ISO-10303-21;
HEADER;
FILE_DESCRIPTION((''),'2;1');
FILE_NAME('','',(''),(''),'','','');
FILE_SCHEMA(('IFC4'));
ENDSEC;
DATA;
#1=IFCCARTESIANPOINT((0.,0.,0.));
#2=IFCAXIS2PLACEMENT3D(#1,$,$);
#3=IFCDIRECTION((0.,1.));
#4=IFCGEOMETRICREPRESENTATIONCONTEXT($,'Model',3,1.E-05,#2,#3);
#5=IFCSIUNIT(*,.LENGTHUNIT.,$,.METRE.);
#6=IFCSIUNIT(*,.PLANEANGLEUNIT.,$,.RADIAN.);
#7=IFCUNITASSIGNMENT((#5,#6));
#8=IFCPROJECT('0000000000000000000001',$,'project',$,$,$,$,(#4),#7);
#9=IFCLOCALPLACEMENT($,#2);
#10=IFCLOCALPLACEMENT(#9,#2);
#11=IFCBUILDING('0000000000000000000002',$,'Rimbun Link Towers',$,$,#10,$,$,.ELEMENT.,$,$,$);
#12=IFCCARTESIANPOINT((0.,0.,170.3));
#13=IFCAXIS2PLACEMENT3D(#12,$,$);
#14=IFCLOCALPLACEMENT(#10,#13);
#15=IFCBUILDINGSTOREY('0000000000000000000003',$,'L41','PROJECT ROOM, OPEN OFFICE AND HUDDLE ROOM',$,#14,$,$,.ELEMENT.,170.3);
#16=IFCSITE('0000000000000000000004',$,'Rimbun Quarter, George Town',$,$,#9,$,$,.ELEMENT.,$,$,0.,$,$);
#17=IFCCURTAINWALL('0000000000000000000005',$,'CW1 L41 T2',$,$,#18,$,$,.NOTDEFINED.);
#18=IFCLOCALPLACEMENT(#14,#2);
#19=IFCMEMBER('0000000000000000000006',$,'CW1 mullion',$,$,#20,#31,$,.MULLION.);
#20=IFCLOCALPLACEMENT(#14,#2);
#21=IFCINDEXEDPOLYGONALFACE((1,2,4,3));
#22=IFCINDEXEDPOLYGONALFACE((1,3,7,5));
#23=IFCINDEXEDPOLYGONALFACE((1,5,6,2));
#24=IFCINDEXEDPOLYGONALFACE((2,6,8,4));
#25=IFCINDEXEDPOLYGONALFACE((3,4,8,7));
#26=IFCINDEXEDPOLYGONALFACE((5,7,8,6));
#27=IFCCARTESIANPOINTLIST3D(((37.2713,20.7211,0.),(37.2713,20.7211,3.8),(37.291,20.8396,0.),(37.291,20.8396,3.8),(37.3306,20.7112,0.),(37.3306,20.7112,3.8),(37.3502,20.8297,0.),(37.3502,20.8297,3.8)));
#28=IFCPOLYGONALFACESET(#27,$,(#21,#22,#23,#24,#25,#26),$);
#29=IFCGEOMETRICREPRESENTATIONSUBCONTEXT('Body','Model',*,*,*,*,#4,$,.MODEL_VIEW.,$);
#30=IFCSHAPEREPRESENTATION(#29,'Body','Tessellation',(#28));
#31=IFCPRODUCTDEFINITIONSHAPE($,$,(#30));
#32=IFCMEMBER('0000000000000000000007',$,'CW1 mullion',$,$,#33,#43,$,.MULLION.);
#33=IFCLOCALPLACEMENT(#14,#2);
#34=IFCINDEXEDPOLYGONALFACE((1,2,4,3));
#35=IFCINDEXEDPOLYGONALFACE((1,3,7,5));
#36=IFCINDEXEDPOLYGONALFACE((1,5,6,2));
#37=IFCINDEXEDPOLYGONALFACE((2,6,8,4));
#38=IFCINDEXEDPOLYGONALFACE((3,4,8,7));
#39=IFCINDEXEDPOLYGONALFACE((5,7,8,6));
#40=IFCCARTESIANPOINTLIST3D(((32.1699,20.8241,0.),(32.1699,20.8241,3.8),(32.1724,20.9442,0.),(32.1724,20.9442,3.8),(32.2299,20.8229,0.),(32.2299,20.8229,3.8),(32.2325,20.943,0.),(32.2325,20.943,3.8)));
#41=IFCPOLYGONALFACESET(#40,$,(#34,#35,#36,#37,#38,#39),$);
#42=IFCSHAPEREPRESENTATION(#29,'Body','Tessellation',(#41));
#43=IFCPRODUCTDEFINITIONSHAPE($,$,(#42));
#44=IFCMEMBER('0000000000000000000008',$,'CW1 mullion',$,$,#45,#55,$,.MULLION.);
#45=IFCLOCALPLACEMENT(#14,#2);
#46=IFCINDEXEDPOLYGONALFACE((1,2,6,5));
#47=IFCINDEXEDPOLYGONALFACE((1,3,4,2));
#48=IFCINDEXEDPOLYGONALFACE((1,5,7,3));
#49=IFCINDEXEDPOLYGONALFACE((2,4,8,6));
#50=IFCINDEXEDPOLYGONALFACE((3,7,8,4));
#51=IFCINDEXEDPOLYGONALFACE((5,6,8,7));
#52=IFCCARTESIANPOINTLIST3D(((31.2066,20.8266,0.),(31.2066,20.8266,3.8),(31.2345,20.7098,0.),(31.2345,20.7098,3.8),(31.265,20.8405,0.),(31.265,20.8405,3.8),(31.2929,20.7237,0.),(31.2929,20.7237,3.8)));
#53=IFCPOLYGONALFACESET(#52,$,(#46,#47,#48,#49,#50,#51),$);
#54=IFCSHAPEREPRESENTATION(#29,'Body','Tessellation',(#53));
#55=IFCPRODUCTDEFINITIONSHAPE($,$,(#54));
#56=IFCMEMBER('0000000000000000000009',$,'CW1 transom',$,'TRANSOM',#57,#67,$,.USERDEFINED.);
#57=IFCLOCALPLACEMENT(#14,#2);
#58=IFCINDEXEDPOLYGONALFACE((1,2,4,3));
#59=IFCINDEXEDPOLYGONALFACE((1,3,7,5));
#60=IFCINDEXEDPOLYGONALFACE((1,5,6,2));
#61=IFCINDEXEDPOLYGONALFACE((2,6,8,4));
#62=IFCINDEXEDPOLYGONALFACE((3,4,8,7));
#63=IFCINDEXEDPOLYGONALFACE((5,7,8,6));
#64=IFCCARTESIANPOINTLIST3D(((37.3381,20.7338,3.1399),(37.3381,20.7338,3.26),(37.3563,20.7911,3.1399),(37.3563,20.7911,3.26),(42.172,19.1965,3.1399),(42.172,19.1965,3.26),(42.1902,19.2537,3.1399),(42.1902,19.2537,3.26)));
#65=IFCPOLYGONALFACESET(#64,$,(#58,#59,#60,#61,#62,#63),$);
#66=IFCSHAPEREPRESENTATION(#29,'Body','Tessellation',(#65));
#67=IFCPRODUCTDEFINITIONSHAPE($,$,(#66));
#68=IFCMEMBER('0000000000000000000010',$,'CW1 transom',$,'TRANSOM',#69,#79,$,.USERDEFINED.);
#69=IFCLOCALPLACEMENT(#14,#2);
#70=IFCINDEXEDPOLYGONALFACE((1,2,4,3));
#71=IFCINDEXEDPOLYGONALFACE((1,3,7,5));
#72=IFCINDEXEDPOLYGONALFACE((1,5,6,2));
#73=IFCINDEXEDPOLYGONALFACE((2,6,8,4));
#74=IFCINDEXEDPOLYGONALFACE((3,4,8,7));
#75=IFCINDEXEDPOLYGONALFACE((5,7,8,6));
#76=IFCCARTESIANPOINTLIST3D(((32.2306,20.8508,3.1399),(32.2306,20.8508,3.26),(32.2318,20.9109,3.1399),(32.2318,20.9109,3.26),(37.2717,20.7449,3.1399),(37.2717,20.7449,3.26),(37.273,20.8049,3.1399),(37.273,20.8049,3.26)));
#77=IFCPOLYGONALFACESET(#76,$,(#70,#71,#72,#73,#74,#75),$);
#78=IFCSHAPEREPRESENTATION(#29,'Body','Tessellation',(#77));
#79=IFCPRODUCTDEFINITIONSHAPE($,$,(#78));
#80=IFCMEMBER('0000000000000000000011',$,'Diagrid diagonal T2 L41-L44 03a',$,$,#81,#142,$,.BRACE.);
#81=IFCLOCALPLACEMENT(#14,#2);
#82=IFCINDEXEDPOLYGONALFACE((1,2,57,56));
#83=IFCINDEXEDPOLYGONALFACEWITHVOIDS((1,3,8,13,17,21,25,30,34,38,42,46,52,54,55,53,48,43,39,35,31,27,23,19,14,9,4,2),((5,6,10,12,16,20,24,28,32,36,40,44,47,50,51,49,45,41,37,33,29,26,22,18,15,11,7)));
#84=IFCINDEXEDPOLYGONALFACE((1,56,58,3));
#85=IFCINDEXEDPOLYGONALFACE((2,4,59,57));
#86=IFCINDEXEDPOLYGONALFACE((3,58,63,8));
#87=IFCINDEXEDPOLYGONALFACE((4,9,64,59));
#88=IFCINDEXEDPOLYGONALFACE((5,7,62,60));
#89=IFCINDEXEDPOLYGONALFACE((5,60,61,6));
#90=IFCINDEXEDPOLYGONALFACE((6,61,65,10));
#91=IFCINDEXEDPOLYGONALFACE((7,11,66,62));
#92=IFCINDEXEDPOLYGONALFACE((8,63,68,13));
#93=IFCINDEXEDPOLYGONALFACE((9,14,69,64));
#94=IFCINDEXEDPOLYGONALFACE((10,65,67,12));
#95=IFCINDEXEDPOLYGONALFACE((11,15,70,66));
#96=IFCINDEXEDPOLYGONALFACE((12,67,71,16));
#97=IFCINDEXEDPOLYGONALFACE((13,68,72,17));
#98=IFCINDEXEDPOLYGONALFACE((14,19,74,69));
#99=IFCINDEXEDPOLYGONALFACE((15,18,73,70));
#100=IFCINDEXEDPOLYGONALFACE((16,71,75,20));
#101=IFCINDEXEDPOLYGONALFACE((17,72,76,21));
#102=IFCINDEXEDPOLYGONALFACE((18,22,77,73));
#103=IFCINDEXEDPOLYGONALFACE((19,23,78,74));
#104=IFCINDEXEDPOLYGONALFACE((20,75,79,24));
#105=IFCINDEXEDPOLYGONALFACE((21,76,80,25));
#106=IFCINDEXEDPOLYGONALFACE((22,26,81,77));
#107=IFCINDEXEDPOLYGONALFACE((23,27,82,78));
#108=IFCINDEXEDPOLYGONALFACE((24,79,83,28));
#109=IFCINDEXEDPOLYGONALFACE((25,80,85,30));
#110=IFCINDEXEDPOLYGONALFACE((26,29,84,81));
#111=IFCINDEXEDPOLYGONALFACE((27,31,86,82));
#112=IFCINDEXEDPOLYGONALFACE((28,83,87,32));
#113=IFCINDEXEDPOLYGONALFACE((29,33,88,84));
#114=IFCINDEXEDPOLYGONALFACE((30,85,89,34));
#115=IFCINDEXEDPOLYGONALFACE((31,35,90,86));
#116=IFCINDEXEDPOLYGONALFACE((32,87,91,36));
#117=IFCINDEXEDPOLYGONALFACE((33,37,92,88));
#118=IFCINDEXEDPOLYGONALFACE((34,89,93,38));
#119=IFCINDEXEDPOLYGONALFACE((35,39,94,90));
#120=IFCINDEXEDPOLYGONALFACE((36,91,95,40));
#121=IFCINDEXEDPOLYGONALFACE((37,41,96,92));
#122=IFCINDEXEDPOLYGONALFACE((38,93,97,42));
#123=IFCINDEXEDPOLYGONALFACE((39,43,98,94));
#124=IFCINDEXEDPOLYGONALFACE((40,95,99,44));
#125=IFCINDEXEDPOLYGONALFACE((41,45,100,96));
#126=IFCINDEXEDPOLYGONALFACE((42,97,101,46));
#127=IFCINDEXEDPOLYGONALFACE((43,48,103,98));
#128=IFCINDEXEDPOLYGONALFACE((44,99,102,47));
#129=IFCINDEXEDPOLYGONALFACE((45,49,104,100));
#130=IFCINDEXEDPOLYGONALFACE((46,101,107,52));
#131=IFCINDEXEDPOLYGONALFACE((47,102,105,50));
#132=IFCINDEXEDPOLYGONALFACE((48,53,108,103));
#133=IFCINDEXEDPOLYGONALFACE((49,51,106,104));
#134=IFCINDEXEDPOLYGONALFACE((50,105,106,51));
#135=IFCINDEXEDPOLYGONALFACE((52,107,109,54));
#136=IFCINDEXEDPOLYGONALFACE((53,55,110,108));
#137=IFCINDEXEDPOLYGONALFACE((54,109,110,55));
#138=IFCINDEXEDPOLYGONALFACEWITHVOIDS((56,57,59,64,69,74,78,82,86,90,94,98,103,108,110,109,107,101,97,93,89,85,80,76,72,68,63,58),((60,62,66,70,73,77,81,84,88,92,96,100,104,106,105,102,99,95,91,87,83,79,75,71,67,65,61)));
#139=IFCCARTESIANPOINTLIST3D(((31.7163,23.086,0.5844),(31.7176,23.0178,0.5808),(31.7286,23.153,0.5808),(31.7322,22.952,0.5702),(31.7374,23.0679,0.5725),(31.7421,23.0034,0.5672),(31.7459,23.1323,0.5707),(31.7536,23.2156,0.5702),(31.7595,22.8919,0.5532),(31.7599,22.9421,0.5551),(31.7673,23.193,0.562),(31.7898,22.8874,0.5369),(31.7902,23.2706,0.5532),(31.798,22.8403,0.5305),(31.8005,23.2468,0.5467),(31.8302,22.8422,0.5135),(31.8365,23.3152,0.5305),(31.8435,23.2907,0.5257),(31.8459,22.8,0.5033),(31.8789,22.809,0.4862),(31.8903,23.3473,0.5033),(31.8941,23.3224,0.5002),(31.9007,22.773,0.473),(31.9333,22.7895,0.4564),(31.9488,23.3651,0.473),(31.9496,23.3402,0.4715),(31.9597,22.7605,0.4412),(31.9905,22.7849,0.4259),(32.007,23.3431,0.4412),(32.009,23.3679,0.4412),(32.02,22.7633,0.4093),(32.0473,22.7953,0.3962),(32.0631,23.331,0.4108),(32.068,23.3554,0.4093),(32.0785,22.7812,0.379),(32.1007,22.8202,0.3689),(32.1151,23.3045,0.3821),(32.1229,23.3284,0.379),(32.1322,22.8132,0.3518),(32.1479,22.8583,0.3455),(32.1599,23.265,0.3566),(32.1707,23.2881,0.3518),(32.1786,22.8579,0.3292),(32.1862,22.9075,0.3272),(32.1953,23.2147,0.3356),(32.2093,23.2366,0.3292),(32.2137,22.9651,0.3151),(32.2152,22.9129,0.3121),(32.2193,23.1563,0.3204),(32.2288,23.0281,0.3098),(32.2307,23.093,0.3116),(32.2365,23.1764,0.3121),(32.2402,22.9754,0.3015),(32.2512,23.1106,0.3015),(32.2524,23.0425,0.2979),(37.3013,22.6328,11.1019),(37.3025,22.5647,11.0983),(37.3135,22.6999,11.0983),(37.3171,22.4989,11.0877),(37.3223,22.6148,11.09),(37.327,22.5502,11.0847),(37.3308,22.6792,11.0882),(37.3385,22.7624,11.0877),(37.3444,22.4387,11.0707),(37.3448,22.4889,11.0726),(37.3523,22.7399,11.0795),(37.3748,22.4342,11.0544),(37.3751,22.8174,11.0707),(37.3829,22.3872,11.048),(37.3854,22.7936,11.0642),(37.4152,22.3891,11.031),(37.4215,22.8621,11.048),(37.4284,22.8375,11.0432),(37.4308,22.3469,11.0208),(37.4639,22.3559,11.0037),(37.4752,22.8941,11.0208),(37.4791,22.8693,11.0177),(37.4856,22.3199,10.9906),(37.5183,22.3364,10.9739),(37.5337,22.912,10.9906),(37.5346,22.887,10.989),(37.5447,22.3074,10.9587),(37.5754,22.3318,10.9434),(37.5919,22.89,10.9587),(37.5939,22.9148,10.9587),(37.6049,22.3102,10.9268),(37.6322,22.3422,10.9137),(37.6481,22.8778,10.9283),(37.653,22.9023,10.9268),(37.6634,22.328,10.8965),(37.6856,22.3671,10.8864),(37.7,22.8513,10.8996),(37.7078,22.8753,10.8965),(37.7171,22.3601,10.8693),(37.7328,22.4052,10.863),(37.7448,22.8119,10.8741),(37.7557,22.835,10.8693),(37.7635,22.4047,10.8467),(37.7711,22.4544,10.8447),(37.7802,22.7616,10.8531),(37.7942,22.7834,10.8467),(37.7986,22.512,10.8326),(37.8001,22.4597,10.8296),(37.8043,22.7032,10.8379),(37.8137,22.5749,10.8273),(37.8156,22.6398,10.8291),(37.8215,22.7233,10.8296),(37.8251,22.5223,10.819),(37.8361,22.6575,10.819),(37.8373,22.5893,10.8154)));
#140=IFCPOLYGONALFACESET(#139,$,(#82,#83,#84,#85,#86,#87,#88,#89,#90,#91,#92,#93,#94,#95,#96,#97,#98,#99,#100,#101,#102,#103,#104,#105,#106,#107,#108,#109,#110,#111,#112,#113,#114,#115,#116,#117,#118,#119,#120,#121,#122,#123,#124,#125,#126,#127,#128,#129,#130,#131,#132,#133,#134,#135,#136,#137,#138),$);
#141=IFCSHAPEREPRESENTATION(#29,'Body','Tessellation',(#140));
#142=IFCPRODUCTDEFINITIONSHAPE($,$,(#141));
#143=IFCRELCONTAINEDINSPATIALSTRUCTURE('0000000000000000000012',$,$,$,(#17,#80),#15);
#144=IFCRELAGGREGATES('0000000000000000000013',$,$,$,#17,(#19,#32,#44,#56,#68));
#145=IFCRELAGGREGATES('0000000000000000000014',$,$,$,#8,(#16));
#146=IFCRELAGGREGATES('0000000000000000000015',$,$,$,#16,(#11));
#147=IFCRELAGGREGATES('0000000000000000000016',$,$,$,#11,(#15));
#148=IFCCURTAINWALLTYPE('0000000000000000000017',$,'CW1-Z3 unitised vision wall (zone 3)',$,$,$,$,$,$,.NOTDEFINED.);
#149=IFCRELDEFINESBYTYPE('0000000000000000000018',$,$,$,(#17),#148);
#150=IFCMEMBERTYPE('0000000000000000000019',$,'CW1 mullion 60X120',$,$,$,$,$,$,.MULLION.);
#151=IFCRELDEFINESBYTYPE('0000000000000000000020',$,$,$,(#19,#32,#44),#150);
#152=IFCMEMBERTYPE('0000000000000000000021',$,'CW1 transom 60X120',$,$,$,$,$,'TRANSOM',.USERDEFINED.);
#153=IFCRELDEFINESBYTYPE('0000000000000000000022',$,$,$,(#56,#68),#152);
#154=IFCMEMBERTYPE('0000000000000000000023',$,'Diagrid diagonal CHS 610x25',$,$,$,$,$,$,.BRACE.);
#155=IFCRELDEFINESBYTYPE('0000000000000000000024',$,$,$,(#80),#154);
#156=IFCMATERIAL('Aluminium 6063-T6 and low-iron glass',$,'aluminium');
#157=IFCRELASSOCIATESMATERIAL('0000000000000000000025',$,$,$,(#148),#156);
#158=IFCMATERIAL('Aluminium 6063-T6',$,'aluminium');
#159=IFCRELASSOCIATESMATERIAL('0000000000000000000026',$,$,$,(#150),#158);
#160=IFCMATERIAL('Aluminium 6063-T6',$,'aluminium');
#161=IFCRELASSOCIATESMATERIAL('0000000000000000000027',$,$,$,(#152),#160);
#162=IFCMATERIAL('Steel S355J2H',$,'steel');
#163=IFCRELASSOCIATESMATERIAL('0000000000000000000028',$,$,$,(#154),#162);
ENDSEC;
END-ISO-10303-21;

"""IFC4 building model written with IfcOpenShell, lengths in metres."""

from ifc_helpers import new_model, si_unit, direction, frame, origin, origin_2d, place, context, subcontext, project, spatial, rectangle, hollow_circle, extrude, material, material_profile, profile_set, type_object, element, aggregate, save


model = new_model("IFC4")

# Units and contexts
model_context = context("Model", 3, precision=1e-05, world=origin(), true_north=direction((0.0, 1.0)))
body_context = subcontext(model_context, "Body", "Model", "MODEL_VIEW")
ifc_project = project(units=[si_unit("LENGTHUNIT", "METRE"), si_unit("PLANEANGLEUNIT", "RADIAN")], contexts=[model_context])

# Site, building, storey
site_placement = place(None, origin())
site = spatial("IfcSite", under=ifc_project, at=site_placement, Name="Rimbun Quarter, George Town", CompositionType="ELEMENT", RefElevation=0.0)
building_placement = place(site_placement, origin())
building = spatial("IfcBuilding", under=site, at=building_placement, Name="Rimbun Link Towers", CompositionType="ELEMENT")
storey_placement = place(building_placement, frame((0.0, 0.0, 170.3)))
storey = spatial("IfcBuildingStorey", under=building, at=storey_placement, Name="L41", Description="PROJECT ROOM, OPEN OFFICE AND HUDDLE ROOM", CompositionType="ELEMENT", Elevation=170.3)

# Curtain wall, members
ifc_material_1 = material(Name="Aluminium 6063-T6 and low-iron glass", Category="aluminium")
curtain_wall_type = type_object("IfcCurtainWallType", Name="CW1-Z3 unitised vision wall (zone 3)", PredefinedType="NOTDEFINED", material=ifc_material_1)
curtain_wall_placement = place(storey_placement, origin())
curtain_wall = element("IfcCurtainWall", 1, at=curtain_wall_placement, inside=storey, type_object=curtain_wall_type, Name="CW1 L41 T2", PredefinedType="NOTDEFINED")
ifc_material_2 = material(Name="Aluminium 6063-T6", Category="aluminium")
ifc_material_profile_1 = material_profile(ifc_material_2, rectangle(XDim=0.1201, YDim=0.0601, at=origin_2d()), Name="MULLION 60X120")
ifc_profile_set_1 = profile_set([ifc_material_profile_1], Name="Aluminium 6063-T6")
member_type_1 = type_object("IfcMemberType", Name="CW1 mullion 60X120", PredefinedType="MULLION", material=ifc_profile_set_1)
member_1_placement = place(storey_placement, frame((37.3108, 20.7754, 0.0), z_axis=(0.0, 0.0, 1.0), x_axis=(0.163743, 0.986503, 0.0)))
member_1 = element("IfcMember", 2, at=member_1_placement, type_object=member_type_1, Name="CW1 mullion", PredefinedType="MULLION", context=body_context, shape_type="SweptSolid", body=[
    extrude(rectangle(XDim=0.1201, YDim=0.0601, at=origin_2d()), origin(), (0.0, 0.0, 1.0), 3.8),
])
member_2_placement = place(storey_placement, frame((32.2012, 20.8835, 0.0), z_axis=(0.0, 0.0, 1.0), x_axis=(0.021055, 0.999778, 0.0)))
member_2 = element("IfcMember", 3, at=member_2_placement, type_object=member_type_1, Name="CW1 mullion", PredefinedType="MULLION", context=body_context, shape_type="SweptSolid", body=[
    extrude(rectangle(XDim=0.1201, YDim=0.0601, at=origin_2d()), origin(), (0.0, 0.0, 1.0), 3.8),
])
member_3_placement = place(storey_placement, frame((31.2498, 20.7751, 0.0), z_axis=(0.0, 0.0, 1.0), x_axis=(-0.232595, 0.972574, 0.0)))
member_3 = element("IfcMember", 4, at=member_3_placement, type_object=member_type_1, Name="CW1 mullion", PredefinedType="MULLION", context=body_context, shape_type="SweptSolid", body=[
    extrude(rectangle(XDim=0.1201, YDim=0.0601, at=origin_2d()), origin(), (0.0, 0.0, 1.0), 3.8),
])
ifc_material_3 = material(Name="Aluminium 6063-T6", Category="aluminium")
ifc_material_profile_2 = material_profile(ifc_material_3, rectangle(XDim=0.0601, YDim=0.1201, at=origin_2d()), Name="TRANSOM 60X120")
ifc_profile_set_2 = profile_set([ifc_material_profile_2], Name="Aluminium 6063-T6")
member_type_2 = type_object("IfcMemberType", Name="CW1 transom 60X120", ElementType="TRANSOM", PredefinedType="USERDEFINED", material=ifc_profile_set_2)
member_4_placement = place(storey_placement, frame((37.3472, 20.7625, 3.2), z_axis=(0.952967, -0.303073, 0.0), x_axis=(0.303073, 0.952967, 0.0)))
member_4 = element("IfcMember", 5, at=member_4_placement, type_object=member_type_2, Name="CW1 transom", ObjectType="TRANSOM", PredefinedType="USERDEFINED", context=body_context, shape_type="SweptSolid", body=[
    extrude(rectangle(XDim=0.0601, YDim=0.1201, at=origin_2d()), origin(), (0.0, 0.0, 1.0), 5.0725),
])
member_5_placement = place(storey_placement, frame((32.2312, 20.8809, 3.2), z_axis=(0.999779, -0.021014, 0.0), x_axis=(0.021014, 0.999779, 0.0)))
member_5 = element("IfcMember", 6, at=member_5_placement, type_object=member_type_2, Name="CW1 transom", ObjectType="TRANSOM", PredefinedType="USERDEFINED", context=body_context, shape_type="SweptSolid", body=[
    extrude(rectangle(XDim=0.0601, YDim=0.1201, at=origin_2d()), origin(), (0.0, 0.0, 1.0), 5.0422),
])

# Member
ifc_material_4 = material(Name="Steel S355J2H", Category="steel")
ifc_material_profile_3 = material_profile(ifc_material_4, hollow_circle(Radius=0.3047, WallThickness=0.0249, at=origin_2d()), Name="Diagrid diagonal CHS 610x25")
ifc_profile_set_3 = profile_set([ifc_material_profile_3], Name="Steel S355J2H")
member_type_3 = type_object("IfcMemberType", Name="Diagrid diagonal CHS 610x25", PredefinedType="BRACE", material=ifc_profile_set_3)
member_6_placement = place(storey_placement, frame((31.9844, 23.0642, 0.4412), z_axis=(0.468652, -0.038023, 0.882564), x_axis=(0.080867, 0.996725, 0.0)))
element("IfcMember", 7, at=member_6_placement, inside=storey, type_object=member_type_3, Name="Diagrid diagonal T2 L41-L44 03a", PredefinedType="BRACE", context=body_context, shape_type="SweptSolid", body=[
    extrude(hollow_circle(Radius=0.3047, WallThickness=0.0249, at=origin_2d()), origin(), (0.0, 0.0, 1.0), 11.917),
])

aggregate(curtain_wall, [member_1, member_2, member_3, member_4, member_5])

save(model, "model.ifc")
